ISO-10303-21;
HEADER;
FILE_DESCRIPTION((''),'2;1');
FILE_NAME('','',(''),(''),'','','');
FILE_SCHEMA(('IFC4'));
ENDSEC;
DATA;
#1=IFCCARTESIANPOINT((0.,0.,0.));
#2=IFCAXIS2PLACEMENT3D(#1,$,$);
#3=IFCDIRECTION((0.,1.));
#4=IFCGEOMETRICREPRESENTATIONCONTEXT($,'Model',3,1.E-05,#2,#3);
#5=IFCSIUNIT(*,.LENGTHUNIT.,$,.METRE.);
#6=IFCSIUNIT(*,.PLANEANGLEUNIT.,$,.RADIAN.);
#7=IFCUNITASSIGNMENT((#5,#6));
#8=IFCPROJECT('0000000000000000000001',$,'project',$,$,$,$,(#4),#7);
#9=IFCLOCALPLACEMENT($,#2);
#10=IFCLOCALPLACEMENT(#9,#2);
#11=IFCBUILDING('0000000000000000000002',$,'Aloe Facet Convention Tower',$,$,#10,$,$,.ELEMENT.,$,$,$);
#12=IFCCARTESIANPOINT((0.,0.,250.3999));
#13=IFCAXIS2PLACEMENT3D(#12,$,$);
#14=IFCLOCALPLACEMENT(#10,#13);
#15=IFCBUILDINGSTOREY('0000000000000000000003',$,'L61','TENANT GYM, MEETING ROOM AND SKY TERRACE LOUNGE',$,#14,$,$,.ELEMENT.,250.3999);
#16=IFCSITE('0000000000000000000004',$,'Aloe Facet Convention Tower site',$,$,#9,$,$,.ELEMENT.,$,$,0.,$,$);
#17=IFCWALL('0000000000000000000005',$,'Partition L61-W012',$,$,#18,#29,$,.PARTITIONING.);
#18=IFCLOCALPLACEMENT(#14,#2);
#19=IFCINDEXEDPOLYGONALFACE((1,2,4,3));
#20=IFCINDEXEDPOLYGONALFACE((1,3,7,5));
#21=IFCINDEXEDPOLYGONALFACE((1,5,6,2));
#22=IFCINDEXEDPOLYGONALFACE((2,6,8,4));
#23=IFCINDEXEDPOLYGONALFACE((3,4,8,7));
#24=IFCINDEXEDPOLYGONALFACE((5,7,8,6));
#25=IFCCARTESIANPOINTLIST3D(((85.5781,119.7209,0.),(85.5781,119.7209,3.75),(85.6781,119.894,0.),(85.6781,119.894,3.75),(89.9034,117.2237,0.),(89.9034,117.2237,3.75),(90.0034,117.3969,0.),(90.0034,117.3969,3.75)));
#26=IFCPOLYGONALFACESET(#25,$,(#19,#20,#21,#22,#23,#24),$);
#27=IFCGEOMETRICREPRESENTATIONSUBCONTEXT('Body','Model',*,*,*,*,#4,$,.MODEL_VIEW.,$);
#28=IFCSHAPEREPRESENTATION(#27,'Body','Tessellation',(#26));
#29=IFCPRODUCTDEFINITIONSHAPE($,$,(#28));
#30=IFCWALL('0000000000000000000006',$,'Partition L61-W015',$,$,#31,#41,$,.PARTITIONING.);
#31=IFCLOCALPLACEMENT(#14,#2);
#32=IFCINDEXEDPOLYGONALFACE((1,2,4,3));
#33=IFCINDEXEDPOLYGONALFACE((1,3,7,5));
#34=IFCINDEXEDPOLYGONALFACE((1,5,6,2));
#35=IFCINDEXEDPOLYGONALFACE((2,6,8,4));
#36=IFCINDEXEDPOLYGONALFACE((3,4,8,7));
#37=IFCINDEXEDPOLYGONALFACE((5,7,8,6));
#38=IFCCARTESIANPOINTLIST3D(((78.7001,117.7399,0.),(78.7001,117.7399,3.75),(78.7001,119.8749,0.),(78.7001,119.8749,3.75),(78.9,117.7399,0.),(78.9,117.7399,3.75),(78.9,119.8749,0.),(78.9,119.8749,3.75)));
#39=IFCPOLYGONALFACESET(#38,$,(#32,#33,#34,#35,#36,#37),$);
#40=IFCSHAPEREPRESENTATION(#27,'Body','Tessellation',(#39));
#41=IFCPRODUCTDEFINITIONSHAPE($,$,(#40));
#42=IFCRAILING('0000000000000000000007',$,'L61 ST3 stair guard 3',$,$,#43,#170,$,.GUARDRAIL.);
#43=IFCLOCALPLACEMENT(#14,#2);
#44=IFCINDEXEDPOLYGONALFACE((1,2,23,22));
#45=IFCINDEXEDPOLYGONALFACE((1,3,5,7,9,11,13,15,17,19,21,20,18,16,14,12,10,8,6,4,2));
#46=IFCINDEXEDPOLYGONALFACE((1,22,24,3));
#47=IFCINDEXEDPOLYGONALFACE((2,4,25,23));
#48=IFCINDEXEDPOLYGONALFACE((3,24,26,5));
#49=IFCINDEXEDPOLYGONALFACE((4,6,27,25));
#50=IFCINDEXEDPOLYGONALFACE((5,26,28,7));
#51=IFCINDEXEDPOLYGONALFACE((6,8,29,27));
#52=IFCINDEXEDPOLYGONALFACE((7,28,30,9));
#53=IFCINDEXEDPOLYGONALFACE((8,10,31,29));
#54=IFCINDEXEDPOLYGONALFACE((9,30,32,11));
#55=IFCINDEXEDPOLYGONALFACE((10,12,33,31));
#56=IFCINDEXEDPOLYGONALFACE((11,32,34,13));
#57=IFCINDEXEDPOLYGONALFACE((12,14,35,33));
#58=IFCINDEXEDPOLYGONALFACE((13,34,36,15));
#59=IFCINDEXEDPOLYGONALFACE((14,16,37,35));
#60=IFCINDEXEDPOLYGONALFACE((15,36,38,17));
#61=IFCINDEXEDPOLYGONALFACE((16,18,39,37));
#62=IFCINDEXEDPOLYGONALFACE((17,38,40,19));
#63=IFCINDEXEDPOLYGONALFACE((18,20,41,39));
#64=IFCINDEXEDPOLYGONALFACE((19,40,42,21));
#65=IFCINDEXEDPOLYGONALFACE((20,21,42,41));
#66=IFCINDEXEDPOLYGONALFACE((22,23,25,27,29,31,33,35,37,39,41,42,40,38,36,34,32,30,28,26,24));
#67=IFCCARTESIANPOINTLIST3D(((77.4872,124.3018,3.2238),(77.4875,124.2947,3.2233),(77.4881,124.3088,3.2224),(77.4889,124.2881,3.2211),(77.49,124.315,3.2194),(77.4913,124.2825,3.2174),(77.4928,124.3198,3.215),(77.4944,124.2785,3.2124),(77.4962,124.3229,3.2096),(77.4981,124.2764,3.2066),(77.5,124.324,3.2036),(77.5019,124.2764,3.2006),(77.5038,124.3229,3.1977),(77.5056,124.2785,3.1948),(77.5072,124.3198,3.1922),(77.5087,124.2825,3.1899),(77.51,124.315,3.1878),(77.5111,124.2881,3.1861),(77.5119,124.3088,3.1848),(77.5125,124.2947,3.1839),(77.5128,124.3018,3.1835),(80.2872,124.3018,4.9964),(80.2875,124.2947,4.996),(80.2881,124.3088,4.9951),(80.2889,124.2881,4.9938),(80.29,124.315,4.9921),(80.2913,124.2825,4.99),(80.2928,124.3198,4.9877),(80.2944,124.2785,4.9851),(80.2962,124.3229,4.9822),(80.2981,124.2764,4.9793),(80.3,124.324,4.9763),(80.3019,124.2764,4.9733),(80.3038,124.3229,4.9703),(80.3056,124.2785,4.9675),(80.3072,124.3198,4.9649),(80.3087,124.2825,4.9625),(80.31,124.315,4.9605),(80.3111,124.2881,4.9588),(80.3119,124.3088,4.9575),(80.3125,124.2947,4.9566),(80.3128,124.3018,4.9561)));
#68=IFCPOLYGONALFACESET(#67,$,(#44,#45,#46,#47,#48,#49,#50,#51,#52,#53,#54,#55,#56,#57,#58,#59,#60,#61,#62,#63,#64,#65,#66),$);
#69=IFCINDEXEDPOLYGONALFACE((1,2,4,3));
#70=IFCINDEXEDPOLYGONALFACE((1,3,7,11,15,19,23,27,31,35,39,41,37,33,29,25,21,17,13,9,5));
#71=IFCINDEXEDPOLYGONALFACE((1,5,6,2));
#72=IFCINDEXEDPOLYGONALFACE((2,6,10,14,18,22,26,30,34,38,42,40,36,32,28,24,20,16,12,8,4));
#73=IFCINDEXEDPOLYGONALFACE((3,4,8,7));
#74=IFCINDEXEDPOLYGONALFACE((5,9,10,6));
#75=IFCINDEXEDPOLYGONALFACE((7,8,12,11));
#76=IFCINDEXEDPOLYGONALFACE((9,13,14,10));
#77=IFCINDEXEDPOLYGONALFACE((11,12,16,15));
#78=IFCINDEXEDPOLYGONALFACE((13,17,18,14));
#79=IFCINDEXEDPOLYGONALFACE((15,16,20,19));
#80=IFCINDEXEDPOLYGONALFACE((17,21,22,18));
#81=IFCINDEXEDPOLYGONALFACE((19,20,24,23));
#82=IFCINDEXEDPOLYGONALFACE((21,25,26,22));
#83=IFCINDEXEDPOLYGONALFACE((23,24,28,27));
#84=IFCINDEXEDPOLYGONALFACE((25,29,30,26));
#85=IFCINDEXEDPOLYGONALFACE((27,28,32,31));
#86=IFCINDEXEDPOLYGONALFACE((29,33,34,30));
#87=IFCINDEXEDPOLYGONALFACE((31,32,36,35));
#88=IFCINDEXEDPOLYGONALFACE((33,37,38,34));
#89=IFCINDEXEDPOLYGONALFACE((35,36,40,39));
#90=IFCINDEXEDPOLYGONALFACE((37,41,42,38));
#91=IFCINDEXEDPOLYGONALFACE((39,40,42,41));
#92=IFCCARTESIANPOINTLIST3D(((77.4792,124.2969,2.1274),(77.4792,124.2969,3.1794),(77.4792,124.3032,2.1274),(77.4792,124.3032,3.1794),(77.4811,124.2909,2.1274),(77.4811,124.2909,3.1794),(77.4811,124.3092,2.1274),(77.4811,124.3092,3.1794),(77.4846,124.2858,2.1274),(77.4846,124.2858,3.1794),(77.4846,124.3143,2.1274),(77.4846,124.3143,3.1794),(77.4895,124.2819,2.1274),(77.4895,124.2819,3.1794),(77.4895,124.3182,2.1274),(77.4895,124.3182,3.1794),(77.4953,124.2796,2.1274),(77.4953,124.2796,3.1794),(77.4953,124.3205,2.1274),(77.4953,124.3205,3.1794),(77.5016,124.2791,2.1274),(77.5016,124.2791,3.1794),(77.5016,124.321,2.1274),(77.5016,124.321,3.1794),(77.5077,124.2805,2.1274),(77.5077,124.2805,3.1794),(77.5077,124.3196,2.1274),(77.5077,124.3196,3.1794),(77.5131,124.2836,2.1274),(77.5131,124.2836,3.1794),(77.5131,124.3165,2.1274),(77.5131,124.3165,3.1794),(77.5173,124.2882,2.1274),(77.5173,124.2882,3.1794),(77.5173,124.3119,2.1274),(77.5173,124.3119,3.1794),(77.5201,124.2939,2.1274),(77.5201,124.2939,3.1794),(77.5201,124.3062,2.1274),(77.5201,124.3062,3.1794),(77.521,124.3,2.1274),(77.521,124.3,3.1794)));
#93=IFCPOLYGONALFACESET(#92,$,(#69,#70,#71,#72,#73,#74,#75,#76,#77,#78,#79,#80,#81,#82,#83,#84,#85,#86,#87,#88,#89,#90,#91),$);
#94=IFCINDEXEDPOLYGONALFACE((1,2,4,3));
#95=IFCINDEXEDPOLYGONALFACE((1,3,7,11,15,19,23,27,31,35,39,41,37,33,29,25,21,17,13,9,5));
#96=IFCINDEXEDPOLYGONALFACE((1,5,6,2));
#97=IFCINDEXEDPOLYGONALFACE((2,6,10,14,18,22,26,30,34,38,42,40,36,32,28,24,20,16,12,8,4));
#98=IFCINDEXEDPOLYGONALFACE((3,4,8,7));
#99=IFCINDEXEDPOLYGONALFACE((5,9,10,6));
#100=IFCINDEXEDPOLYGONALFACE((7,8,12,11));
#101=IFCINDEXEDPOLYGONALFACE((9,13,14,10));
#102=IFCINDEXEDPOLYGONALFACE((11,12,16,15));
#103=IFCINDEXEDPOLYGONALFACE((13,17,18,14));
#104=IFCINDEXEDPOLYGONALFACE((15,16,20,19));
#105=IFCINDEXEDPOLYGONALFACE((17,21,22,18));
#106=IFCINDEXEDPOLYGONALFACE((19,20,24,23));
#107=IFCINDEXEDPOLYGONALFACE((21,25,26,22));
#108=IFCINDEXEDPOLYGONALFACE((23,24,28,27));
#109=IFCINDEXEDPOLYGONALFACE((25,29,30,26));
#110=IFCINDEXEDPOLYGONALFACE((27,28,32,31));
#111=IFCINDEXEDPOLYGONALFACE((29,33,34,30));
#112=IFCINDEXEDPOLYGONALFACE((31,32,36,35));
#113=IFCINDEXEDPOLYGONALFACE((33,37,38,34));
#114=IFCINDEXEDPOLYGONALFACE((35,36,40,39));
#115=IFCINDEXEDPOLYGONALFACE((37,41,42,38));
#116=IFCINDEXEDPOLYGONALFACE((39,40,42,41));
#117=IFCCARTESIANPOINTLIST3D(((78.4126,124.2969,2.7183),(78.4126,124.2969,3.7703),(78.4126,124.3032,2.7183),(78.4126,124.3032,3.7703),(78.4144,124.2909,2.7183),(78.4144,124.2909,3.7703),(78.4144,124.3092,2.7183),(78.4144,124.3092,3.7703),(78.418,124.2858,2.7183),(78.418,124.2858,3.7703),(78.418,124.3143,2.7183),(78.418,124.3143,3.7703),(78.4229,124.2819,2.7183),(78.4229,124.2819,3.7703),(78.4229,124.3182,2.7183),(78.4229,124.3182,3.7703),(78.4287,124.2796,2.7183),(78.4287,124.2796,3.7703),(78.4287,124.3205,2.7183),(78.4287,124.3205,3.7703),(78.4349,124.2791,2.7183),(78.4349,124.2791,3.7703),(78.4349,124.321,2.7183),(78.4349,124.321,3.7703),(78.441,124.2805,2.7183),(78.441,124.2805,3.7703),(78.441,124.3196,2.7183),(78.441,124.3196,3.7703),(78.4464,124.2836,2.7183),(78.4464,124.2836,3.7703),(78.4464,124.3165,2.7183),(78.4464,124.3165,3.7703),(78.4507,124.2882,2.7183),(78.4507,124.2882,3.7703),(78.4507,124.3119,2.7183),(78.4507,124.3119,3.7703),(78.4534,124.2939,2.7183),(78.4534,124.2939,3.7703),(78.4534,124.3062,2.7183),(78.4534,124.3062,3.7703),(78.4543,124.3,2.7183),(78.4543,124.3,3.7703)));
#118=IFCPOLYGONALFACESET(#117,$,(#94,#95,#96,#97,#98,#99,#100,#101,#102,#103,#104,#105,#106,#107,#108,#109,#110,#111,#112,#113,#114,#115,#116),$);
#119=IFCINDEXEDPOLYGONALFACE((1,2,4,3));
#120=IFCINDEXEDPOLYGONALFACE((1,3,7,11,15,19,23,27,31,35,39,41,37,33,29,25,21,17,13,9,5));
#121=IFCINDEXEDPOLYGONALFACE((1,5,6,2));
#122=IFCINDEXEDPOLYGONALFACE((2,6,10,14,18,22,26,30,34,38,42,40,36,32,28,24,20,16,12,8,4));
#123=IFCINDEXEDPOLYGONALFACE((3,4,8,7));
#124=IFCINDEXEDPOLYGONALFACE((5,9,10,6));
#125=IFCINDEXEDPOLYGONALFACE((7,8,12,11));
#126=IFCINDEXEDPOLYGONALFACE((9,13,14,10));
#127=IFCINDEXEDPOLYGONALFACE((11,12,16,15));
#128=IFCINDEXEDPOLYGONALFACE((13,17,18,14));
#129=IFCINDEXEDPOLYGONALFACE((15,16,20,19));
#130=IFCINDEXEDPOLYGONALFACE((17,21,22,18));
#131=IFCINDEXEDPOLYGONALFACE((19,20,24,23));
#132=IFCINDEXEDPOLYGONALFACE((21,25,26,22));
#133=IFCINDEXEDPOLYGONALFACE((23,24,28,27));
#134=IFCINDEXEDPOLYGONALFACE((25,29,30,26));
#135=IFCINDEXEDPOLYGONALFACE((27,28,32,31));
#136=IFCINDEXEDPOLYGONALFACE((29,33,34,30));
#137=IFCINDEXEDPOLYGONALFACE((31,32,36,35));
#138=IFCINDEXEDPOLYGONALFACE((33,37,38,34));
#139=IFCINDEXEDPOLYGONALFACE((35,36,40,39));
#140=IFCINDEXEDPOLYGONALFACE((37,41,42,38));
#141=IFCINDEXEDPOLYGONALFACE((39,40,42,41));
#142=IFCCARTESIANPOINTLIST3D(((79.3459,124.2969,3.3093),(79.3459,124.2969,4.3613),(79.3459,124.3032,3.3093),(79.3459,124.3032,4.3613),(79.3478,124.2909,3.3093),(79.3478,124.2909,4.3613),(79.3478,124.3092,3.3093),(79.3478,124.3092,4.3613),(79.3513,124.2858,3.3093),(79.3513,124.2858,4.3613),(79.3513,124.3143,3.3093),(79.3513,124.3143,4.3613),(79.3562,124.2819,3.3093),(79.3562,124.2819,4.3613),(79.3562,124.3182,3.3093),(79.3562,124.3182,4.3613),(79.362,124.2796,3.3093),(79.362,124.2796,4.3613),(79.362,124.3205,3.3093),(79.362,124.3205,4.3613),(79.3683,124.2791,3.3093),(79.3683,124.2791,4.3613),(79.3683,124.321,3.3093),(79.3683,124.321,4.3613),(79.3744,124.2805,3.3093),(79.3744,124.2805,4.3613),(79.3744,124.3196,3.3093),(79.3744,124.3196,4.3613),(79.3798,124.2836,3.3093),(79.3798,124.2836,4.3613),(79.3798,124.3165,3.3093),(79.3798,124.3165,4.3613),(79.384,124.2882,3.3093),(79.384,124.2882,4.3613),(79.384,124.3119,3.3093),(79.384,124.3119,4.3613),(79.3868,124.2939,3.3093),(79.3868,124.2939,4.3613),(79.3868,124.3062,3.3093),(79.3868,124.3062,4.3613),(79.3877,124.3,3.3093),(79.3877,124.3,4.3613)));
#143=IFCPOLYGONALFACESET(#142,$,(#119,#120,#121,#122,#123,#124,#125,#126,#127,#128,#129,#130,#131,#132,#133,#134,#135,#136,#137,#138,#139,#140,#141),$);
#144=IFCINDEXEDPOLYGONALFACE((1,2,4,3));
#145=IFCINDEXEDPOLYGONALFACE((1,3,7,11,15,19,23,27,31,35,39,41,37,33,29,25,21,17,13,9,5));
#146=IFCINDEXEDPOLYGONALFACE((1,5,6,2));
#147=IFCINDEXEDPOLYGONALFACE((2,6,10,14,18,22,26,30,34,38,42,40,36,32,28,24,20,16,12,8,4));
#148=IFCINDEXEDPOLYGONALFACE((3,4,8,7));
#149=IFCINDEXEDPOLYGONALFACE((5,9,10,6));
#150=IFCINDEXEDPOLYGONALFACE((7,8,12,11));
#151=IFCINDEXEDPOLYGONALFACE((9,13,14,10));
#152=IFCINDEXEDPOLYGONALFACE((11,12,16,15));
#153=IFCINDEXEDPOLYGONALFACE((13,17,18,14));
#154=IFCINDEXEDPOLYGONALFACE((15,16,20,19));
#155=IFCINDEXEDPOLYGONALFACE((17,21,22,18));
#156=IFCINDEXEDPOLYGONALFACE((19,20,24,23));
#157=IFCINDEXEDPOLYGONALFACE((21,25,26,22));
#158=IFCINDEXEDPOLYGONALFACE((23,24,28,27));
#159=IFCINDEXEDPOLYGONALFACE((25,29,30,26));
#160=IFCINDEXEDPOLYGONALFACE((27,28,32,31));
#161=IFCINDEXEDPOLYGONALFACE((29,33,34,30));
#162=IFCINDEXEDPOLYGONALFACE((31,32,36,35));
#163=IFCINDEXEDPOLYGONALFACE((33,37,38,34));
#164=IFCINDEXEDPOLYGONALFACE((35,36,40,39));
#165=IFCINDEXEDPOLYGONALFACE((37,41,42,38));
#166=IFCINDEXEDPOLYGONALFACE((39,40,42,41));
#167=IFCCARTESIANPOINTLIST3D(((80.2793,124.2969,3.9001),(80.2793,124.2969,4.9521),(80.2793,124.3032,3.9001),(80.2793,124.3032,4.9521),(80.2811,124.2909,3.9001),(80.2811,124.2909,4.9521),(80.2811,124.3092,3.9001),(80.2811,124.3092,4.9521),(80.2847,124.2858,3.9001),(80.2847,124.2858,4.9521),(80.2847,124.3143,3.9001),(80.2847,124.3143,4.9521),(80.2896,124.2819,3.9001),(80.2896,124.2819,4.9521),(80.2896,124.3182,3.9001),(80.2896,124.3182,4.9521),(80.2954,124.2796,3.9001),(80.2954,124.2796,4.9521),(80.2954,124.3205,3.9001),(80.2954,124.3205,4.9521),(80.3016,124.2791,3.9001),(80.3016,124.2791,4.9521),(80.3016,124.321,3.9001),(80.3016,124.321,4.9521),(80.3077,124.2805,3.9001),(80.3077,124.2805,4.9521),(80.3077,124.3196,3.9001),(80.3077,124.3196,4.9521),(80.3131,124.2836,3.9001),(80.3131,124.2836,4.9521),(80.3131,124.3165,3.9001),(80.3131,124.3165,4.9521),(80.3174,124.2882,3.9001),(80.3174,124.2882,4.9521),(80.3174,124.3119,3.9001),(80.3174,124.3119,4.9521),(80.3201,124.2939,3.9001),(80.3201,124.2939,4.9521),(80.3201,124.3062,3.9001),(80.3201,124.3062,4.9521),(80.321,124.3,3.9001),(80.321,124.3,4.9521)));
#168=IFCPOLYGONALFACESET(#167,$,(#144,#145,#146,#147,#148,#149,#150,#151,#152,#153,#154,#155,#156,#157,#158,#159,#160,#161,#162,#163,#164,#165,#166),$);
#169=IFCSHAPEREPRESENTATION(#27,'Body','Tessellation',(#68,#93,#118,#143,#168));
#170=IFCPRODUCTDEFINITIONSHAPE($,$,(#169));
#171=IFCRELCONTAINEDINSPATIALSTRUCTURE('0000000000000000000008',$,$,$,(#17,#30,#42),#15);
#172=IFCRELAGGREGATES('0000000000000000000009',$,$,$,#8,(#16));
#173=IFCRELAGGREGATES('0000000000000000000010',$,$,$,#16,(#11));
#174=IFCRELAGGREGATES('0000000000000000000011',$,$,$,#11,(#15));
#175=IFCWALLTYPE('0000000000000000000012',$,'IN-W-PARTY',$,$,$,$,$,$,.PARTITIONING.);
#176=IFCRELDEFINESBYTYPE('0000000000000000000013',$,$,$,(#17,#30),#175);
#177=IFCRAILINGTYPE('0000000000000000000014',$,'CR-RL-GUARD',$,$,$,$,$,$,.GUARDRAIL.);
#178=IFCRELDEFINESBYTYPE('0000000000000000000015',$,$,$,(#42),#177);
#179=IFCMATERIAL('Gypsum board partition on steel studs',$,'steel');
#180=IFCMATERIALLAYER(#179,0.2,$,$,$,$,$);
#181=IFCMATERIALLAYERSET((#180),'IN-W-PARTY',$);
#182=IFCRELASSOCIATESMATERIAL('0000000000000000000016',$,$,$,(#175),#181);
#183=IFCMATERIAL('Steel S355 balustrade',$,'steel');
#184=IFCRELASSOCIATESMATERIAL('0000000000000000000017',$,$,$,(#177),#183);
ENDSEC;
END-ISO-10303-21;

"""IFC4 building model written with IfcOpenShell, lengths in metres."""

from ifc_helpers import new_model, si_unit, direction, frame, frame_2d, origin, origin_2d, place, context, subcontext, project, spatial, rectangle, circle, extrude, material, layer, layer_set, type_object, element, save


model = new_model("IFC4")

# Units and contexts
model_context = context("Model", 3, precision=1e-05, world=origin(), true_north=direction((0.0, 1.0)))
body_context = subcontext(model_context, "Body", "Model", "MODEL_VIEW")
ifc_project = project(units=[si_unit("LENGTHUNIT", "METRE"), si_unit("PLANEANGLEUNIT", "RADIAN")], contexts=[model_context])

# Site, building, storey
site_placement = place(None, origin())
site = spatial("IfcSite", under=ifc_project, at=site_placement, Name="Aloe Facet Convention Tower site", CompositionType="ELEMENT", RefElevation=0.0)
building_placement = place(site_placement, origin())
building = spatial("IfcBuilding", under=site, at=building_placement, Name="Aloe Facet Convention Tower", CompositionType="ELEMENT")
storey_placement = place(building_placement, frame((0.0, 0.0, 250.3999)))
storey = spatial("IfcBuildingStorey", under=building, at=storey_placement, Name="L61", Description="TENANT GYM, MEETING ROOM AND SKY TERRACE LOUNGE", CompositionType="ELEMENT", Elevation=250.3999)

# Walls
ifc_material_1 = material(Name="Gypsum board partition on steel studs", Category="steel")
ifc_layer_1 = layer(ifc_material_1, 0.2)
ifc_layer_set_1 = layer_set([ifc_layer_1], Name="IN-W-PARTY")
wall_type_1 = type_object("IfcWallType", Name="IN-W-PARTY", PredefinedType="PARTITIONING", material=ifc_layer_set_1)
wall_1_placement = place(storey_placement, frame((85.6282, 119.8074, 0.0), z_axis=(0.0, 0.0, 1.0), x_axis=(0.866033, -0.499988, 0.0)))
element("IfcWall", 1, at=wall_1_placement, inside=storey, type_object=wall_type_1, Name="Partition L61-W012", PredefinedType="PARTITIONING", context=body_context, shape_type="SweptSolid", body=[
    extrude(rectangle(XDim=4.9944, YDim=0.2, at=frame_2d((2.4971, 0.0))), origin(), (0.0, 0.0, 1.0), 3.75),
])
wall_2_placement = place(storey_placement, frame((78.8, 117.74, 0.0), z_axis=(0.0, 0.0, 1.0), x_axis=(0.0, 1.0, 0.0)))
element("IfcWall", 2, at=wall_2_placement, inside=storey, type_object=wall_type_1, Name="Partition L61-W015", PredefinedType="PARTITIONING", context=body_context, shape_type="SweptSolid", body=[
    extrude(rectangle(XDim=2.135, YDim=0.2, at=frame_2d((1.0674, 0.0))), origin(), (0.0, 0.0, 1.0), 3.75),
])

# Railing
ifc_material_2 = material(Name="Steel S355 balustrade", Category="steel")
railing_type = type_object("IfcRailingType", Name="CR-RL-GUARD", PredefinedType="GUARDRAIL", material=ifc_material_2)
railing_placement = place(storey_placement, frame((77.5, 124.3, 2.1274)))
element("IfcRailing", 3, at=railing_placement, inside=storey, type_object=railing_type, Name="L61 ST3 stair guard 3", PredefinedType="GUARDRAIL", context=body_context, shape_type="SweptSolid", body=[
    extrude(circle(Radius=0.0239, at=origin_2d()), frame((0.0, 0.0, 1.0762), z_axis=(0.844909, 0.0, 0.53491), x_axis=(0.0, 1.0, 0.0)), (0.0, 0.0, 1.0), 3.314),
    extrude(circle(Radius=0.021, at=origin_2d()), origin(), (0.0, 0.0, 1.0), 1.052),
    extrude(circle(Radius=0.021, at=origin_2d()), frame((0.9333, 0.0, 0.5908)), (0.0, 0.0, 1.0), 1.052),
    extrude(circle(Radius=0.021, at=origin_2d()), frame((1.8667, 0.0, 1.1819)), (0.0, 0.0, 1.0), 1.052),
    extrude(circle(Radius=0.021, at=origin_2d()), frame((2.8, 0.0, 1.7727)), (0.0, 0.0, 1.0), 1.052),
])

save(model, "model.ifc")
